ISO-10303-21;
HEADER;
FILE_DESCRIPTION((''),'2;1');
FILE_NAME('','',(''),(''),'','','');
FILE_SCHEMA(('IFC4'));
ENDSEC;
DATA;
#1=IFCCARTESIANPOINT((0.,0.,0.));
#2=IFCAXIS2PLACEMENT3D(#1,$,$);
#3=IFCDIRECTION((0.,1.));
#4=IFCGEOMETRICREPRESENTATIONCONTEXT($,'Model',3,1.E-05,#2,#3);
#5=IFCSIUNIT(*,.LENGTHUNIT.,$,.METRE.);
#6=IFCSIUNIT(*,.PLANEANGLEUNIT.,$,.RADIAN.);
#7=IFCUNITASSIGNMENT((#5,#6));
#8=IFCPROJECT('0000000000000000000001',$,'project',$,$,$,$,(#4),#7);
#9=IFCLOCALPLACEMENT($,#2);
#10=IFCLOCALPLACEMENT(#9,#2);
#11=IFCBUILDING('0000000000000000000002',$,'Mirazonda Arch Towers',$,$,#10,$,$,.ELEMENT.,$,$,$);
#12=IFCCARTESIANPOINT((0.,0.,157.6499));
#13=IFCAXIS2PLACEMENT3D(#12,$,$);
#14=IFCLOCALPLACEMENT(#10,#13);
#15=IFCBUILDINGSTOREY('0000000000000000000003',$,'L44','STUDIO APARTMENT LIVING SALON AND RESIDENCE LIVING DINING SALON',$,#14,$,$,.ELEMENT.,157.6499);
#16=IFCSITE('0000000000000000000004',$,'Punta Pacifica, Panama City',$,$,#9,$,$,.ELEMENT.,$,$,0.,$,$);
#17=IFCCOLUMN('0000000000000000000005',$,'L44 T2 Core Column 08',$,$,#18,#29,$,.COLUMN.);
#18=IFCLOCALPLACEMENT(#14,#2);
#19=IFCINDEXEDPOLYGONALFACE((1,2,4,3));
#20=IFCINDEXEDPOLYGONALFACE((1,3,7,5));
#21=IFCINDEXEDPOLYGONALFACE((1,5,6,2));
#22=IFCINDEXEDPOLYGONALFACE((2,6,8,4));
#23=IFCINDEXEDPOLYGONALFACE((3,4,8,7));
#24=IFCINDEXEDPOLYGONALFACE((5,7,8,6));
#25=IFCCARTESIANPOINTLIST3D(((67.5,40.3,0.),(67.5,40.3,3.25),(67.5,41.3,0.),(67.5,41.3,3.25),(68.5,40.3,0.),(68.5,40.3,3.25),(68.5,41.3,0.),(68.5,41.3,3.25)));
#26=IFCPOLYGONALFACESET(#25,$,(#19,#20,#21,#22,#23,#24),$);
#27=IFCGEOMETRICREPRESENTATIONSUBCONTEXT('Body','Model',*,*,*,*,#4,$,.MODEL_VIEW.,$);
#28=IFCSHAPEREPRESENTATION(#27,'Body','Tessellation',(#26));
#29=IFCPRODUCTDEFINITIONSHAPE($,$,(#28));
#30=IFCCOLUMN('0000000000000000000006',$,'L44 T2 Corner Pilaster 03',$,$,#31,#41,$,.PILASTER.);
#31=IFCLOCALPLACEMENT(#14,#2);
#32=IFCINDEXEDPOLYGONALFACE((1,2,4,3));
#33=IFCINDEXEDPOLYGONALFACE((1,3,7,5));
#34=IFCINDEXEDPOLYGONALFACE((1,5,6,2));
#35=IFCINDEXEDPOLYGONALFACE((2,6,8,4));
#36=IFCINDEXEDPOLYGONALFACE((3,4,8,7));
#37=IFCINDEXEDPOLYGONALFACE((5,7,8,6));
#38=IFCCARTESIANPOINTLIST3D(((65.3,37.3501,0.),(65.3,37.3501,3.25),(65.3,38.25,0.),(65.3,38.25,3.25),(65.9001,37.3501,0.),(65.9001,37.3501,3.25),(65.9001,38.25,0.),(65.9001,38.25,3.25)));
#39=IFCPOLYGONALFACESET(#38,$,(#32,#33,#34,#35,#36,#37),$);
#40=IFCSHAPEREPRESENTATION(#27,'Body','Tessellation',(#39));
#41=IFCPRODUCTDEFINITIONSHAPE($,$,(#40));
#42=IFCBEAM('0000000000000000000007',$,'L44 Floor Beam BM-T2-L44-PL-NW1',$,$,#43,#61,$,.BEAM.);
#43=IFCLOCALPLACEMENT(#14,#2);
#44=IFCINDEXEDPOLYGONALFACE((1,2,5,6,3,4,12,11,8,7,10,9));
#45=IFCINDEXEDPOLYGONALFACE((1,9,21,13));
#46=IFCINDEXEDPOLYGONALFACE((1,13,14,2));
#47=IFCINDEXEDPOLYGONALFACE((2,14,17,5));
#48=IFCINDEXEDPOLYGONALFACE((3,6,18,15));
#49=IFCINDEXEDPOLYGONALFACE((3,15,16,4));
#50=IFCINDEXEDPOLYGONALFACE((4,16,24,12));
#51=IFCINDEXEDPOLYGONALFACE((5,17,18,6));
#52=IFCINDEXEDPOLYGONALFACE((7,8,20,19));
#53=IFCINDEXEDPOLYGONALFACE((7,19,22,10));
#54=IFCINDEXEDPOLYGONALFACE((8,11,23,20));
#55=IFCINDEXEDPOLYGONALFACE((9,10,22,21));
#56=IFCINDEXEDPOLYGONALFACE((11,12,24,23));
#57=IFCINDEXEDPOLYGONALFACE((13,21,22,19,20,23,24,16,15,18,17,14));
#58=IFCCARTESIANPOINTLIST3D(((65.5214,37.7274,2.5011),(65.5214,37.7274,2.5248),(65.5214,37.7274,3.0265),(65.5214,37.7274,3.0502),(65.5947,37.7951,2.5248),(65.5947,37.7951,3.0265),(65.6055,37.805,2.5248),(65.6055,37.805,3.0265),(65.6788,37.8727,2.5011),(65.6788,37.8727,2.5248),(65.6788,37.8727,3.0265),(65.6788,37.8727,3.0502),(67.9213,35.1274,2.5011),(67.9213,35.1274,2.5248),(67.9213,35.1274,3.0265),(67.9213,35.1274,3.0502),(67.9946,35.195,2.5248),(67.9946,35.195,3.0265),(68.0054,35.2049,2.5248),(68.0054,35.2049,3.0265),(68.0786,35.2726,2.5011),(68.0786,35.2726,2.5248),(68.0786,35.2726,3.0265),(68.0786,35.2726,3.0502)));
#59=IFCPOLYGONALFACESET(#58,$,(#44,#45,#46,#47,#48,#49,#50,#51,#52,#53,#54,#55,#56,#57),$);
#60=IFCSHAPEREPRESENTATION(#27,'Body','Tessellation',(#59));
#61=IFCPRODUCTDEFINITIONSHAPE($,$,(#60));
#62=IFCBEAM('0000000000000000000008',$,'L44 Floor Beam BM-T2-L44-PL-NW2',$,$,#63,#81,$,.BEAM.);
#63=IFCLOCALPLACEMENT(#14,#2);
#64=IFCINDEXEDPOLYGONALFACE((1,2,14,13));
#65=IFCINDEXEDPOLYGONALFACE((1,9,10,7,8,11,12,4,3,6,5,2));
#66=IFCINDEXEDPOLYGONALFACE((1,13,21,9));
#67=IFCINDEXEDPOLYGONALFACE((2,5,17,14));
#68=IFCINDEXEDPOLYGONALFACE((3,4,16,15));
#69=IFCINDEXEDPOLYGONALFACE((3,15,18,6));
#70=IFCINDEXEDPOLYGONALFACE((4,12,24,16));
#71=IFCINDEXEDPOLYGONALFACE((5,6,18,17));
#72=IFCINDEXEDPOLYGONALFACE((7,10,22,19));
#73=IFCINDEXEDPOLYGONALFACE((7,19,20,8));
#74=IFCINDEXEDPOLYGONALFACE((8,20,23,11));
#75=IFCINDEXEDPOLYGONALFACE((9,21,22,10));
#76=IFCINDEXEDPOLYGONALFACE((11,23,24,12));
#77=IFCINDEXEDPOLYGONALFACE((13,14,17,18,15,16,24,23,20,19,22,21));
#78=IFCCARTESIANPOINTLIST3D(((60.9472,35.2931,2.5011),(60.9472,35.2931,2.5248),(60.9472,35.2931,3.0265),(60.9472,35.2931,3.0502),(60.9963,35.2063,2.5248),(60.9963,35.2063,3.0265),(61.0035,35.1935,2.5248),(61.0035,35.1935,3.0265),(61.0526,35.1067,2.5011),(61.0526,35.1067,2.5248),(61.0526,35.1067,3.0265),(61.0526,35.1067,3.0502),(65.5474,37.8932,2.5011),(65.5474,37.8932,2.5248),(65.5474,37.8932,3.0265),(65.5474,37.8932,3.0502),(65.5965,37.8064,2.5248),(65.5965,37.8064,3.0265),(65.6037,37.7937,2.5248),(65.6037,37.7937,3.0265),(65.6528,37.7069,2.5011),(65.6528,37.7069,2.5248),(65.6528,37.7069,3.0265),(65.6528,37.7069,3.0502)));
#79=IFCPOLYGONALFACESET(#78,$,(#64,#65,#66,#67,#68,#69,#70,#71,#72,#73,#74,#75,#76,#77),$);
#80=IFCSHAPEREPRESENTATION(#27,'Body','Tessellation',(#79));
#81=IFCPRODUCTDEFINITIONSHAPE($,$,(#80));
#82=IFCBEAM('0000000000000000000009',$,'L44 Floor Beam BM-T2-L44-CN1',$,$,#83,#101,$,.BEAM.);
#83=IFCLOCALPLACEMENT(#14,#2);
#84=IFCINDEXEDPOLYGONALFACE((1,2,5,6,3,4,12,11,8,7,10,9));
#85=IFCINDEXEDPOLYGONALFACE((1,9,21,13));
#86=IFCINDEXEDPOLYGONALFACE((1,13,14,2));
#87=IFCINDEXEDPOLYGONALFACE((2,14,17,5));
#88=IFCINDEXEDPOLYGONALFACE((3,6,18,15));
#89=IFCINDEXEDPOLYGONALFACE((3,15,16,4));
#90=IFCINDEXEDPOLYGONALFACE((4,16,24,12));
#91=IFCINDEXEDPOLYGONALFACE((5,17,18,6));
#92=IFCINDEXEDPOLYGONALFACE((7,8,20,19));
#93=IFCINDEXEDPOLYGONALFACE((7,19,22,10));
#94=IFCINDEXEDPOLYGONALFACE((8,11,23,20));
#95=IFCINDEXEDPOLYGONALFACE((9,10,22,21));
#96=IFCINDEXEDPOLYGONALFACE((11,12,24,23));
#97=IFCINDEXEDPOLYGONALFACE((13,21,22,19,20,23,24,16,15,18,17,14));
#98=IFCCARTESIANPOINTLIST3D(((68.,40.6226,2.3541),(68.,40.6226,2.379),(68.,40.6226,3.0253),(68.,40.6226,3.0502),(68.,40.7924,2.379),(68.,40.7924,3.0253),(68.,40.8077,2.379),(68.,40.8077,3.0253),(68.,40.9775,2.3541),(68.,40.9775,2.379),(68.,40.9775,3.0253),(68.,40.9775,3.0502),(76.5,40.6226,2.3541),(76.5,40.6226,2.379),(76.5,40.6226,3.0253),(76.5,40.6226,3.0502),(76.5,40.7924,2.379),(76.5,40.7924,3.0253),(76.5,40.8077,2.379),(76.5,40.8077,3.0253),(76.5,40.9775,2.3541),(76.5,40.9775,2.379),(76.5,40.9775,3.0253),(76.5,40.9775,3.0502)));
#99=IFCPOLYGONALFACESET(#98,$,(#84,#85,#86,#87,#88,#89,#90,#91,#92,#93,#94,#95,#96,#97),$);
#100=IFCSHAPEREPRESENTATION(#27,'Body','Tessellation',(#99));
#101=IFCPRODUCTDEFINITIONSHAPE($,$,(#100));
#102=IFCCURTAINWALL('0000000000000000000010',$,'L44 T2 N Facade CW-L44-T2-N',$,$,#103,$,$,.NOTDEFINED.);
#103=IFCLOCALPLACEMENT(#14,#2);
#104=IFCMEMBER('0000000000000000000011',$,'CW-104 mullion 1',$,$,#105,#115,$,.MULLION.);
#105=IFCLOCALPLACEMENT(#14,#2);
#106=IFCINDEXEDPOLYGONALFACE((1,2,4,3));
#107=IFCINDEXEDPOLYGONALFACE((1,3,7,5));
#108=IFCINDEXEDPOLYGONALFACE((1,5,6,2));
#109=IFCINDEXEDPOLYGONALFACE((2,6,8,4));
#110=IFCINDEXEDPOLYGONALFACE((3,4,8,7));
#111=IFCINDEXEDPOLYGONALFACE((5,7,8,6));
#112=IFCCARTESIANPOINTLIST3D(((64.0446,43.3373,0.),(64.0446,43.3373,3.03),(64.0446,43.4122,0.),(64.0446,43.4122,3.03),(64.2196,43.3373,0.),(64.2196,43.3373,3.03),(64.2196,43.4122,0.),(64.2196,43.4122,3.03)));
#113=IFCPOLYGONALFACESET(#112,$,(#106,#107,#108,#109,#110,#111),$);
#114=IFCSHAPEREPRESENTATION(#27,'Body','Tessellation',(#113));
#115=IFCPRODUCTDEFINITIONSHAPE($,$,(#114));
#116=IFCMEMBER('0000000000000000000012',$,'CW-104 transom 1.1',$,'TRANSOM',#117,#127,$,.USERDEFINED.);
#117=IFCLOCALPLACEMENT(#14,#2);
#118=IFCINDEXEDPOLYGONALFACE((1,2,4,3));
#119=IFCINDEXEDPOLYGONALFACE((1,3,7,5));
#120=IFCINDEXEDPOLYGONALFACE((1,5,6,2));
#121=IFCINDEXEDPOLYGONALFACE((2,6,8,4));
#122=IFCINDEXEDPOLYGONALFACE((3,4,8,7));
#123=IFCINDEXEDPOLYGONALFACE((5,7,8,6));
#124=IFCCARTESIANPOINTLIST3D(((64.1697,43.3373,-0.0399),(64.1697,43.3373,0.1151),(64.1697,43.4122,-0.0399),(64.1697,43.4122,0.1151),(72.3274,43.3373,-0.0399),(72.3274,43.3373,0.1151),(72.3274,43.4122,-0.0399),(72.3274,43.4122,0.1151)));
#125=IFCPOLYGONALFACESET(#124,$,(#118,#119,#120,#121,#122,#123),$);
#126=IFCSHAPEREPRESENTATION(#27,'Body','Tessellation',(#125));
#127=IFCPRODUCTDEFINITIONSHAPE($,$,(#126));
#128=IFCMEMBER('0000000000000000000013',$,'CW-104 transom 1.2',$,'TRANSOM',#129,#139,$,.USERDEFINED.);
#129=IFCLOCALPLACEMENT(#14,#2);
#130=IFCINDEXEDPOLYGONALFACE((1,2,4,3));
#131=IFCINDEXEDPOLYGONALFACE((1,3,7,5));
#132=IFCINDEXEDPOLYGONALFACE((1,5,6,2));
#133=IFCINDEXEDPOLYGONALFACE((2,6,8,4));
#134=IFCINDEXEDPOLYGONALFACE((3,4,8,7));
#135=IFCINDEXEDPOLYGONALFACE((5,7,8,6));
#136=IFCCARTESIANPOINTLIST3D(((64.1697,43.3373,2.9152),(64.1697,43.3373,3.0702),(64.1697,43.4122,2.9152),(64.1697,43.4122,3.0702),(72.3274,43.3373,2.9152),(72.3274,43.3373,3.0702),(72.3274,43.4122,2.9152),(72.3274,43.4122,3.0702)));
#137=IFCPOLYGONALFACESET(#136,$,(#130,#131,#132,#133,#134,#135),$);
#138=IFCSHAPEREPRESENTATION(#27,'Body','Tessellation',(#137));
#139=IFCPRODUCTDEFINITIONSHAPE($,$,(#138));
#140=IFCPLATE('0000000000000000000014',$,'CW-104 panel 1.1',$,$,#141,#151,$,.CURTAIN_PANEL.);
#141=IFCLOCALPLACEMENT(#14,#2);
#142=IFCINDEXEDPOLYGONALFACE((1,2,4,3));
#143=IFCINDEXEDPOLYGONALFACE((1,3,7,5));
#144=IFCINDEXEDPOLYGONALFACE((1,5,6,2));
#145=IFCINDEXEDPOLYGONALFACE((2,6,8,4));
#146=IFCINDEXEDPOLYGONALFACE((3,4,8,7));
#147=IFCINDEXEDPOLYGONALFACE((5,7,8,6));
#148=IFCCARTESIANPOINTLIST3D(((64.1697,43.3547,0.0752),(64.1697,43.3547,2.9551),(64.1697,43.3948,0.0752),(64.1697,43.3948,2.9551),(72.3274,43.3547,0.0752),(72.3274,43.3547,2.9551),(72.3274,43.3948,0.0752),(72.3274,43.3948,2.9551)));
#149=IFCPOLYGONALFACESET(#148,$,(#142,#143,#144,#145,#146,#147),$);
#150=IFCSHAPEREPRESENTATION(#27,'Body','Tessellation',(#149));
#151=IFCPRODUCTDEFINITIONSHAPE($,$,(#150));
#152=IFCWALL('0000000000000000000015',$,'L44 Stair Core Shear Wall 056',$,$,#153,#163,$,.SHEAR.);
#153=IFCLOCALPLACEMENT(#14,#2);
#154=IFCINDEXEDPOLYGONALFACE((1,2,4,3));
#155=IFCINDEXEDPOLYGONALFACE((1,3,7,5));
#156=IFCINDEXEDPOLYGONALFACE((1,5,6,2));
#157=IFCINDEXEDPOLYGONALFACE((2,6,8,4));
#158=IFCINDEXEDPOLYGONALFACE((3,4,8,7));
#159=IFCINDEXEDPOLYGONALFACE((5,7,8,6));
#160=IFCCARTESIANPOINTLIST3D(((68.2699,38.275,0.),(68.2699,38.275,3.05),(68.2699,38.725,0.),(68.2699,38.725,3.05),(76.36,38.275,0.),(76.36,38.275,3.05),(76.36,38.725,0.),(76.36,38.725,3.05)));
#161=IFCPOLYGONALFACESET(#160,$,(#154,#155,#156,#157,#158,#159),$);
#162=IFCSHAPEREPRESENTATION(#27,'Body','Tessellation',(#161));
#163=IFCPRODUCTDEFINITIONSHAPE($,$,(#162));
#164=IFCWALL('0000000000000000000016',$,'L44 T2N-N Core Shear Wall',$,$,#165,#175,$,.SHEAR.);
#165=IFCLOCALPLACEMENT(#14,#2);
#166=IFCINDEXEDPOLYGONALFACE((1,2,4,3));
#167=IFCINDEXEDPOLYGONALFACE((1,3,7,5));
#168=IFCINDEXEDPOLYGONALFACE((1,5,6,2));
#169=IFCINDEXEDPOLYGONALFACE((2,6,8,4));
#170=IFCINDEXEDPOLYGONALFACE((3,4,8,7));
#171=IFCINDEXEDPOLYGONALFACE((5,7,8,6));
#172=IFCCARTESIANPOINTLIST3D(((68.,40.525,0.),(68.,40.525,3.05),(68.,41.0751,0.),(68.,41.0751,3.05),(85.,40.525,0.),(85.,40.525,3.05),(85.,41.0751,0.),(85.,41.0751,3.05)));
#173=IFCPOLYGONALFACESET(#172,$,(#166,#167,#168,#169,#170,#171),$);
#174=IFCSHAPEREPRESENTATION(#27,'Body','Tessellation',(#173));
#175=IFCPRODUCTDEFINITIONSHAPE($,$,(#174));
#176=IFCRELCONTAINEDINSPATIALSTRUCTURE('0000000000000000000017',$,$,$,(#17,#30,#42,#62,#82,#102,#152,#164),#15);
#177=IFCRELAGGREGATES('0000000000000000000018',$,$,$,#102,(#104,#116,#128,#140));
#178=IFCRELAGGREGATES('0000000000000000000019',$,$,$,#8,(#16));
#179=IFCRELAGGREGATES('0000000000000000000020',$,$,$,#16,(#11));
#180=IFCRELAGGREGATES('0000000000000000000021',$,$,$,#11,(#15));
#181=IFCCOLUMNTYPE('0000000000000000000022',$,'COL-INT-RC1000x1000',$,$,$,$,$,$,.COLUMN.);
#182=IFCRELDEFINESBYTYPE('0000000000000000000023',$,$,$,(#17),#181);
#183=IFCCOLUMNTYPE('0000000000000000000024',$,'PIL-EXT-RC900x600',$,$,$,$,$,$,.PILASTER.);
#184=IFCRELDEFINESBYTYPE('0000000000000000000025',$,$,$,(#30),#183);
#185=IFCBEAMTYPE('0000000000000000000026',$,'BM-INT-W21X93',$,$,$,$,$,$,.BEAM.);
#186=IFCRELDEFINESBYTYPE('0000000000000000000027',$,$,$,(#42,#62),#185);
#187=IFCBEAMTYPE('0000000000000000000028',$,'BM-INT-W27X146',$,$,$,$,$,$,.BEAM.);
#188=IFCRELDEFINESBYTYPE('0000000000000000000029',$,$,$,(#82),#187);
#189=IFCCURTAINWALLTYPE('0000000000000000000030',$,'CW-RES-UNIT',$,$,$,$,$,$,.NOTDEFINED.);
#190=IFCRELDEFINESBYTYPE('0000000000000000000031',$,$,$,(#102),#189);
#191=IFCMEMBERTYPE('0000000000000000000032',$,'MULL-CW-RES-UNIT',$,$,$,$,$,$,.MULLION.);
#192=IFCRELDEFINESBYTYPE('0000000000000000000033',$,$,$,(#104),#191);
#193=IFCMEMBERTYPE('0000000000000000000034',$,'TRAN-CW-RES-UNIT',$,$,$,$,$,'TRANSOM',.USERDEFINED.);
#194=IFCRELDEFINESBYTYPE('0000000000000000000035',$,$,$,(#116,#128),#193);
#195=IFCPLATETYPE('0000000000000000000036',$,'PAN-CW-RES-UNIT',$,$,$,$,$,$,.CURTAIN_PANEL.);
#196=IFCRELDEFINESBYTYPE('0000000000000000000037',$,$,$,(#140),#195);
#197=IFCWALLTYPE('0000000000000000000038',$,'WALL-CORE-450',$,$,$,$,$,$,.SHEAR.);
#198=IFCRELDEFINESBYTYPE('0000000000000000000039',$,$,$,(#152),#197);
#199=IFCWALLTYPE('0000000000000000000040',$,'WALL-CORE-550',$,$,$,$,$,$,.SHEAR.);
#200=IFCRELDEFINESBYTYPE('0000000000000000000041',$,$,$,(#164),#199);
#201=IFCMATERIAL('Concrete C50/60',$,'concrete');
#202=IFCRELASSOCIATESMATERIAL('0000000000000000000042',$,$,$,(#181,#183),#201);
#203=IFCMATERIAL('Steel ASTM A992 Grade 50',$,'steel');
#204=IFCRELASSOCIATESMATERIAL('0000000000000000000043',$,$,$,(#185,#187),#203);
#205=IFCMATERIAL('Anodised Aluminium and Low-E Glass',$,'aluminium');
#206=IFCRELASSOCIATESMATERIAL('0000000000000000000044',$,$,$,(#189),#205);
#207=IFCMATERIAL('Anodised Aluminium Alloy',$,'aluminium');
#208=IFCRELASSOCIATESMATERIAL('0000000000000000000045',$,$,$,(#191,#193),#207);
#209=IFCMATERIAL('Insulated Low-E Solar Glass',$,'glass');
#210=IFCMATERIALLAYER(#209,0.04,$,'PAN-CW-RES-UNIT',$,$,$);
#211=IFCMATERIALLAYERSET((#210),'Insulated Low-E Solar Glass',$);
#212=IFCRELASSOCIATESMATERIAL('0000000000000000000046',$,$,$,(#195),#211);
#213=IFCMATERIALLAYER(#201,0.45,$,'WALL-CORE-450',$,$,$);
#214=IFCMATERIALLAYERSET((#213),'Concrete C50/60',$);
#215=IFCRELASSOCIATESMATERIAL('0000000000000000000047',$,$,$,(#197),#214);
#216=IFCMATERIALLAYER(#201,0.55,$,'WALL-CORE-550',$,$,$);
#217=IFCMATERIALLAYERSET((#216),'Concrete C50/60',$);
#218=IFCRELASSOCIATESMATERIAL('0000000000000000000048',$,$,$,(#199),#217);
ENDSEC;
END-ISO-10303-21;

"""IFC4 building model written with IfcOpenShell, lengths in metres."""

from ifc_helpers import new_model, si_unit, direction, frame, frame_2d, origin, origin_2d, place, context, subcontext, project, spatial, rectangle, i_section, extrude, material, layer, layer_set, material_profile, profile_set, type_object, element, aggregate, save


model = new_model("IFC4")

# Units and contexts
model_context = context("Model", 3, precision=1e-05, world=origin(), true_north=direction((0.0, 1.0)))
body_context = subcontext(model_context, "Body", "Model", "MODEL_VIEW")
ifc_project = project(units=[si_unit("LENGTHUNIT", "METRE"), si_unit("PLANEANGLEUNIT", "RADIAN")], contexts=[model_context])

# Site, building, storey
site_placement = place(None, origin())
site = spatial("IfcSite", under=ifc_project, at=site_placement, Name="Punta Pacifica, Panama City", CompositionType="ELEMENT", RefElevation=0.0)
building_placement = place(site_placement, origin())
building = spatial("IfcBuilding", under=site, at=building_placement, Name="Mirazonda Arch Towers", CompositionType="ELEMENT")
storey_placement = place(building_placement, frame((0.0, 0.0, 157.6499)))
storey = spatial("IfcBuildingStorey", under=building, at=storey_placement, Name="L44", Description="STUDIO APARTMENT LIVING SALON AND RESIDENCE LIVING DINING SALON", CompositionType="ELEMENT", Elevation=157.6499)

# Columns
ifc_material_1 = material(Name="Concrete C50/60", Category="concrete")
ifc_material_profile_1 = material_profile(ifc_material_1, rectangle(XDim=1.0, YDim=1.0, at=origin_2d()), Name="RC1000x1000")
ifc_profile_set_1 = profile_set([ifc_material_profile_1], Name="Concrete C50/60")
column_type_1 = type_object("IfcColumnType", Name="COL-INT-RC1000x1000", PredefinedType="COLUMN", material=ifc_profile_set_1)
column_1_placement = place(storey_placement, frame((68.0, 40.8, 0.0), z_axis=(0.0, 0.0, 1.0), x_axis=(1.0, 0.0, 0.0)))
element("IfcColumn", 1, at=column_1_placement, inside=storey, type_object=column_type_1, Name="L44 T2 Core Column 08", PredefinedType="COLUMN", context=body_context, shape_type="SweptSolid", body=[
    extrude(rectangle(XDim=1.0, YDim=1.0, at=origin_2d()), origin(), (0.0, 0.0, 1.0), 3.25),
])
ifc_material_profile_2 = material_profile(ifc_material_1, rectangle(XDim=0.6001, YDim=0.8999, at=origin_2d()), Name="RC900x600")
ifc_profile_set_2 = profile_set([ifc_material_profile_2], Name="Concrete C50/60")
column_type_2 = type_object("IfcColumnType", Name="PIL-EXT-RC900x600", PredefinedType="PILASTER", material=ifc_profile_set_2)
column_2_placement = place(storey_placement, frame((65.6001, 37.8, 0.0), z_axis=(0.0, 0.0, 1.0), x_axis=(1.0, 0.0, 0.0)))
element("IfcColumn", 2, at=column_2_placement, inside=storey, type_object=column_type_2, Name="L44 T2 Corner Pilaster 03", PredefinedType="PILASTER", context=body_context, shape_type="SweptSolid", body=[
    extrude(rectangle(XDim=0.6001, YDim=0.8999, at=origin_2d()), origin(), (0.0, 0.0, 1.0), 3.25),
])

# Beams
ifc_material_2 = material(Name="Steel ASTM A992 Grade 50", Category="steel")
ifc_material_profile_3 = material_profile(ifc_material_2, i_section(OverallWidth=0.2141, OverallDepth=0.5491, WebThickness=0.0146, FlangeThickness=0.0237, at=origin_2d()), Name="W21X93")
ifc_profile_set_3 = profile_set([ifc_material_profile_3], Name="Steel ASTM A992 Grade 50")
beam_type_1 = type_object("IfcBeamType", Name="BM-INT-W21X93", PredefinedType="BEAM", material=ifc_profile_set_3)
beam_1_placement = place(storey_placement, frame((65.6001, 37.8, 2.7756), z_axis=(0.678251, -0.73483, 0.0), x_axis=(0.73483, 0.678251, 0.0)))
element("IfcBeam", 3, at=beam_1_placement, inside=storey, type_object=beam_type_1, Name="L44 Floor Beam BM-T2-L44-PL-NW1", PredefinedType="BEAM", context=body_context, shape_type="SweptSolid", body=[
    extrude(i_section(OverallWidth=0.2141, OverallDepth=0.5491, WebThickness=0.0146, FlangeThickness=0.0237, at=origin_2d()), origin(), (0.0, 0.0, 1.0), 3.5383),
])
beam_2_placement = place(storey_placement, frame((65.6001, 37.8, 2.7756), z_axis=(-0.870559, -0.492063, 0.0), x_axis=(0.492063, -0.870559, 0.0)))
element("IfcBeam", 4, at=beam_2_placement, inside=storey, type_object=beam_type_1, Name="L44 Floor Beam BM-T2-L44-PL-NW2", PredefinedType="BEAM", context=body_context, shape_type="SweptSolid", body=[
    extrude(i_section(OverallWidth=0.2141, OverallDepth=0.5491, WebThickness=0.0146, FlangeThickness=0.0237, at=origin_2d()), origin(), (0.0, 0.0, 1.0), 5.2842),
])
ifc_material_profile_4 = material_profile(ifc_material_2, i_section(OverallWidth=0.355, OverallDepth=0.696, WebThickness=0.0154, FlangeThickness=0.0249, at=origin_2d()), Name="W27X146")
ifc_profile_set_4 = profile_set([ifc_material_profile_4], Name="Steel ASTM A992 Grade 50")
beam_type_2 = type_object("IfcBeamType", Name="BM-INT-W27X146", PredefinedType="BEAM", material=ifc_profile_set_4)
beam_3_placement = place(storey_placement, frame((68.0, 40.8, 2.7021), z_axis=(1.0, 0.0, 0.0), x_axis=(0.0, 1.0, 0.0)))
element("IfcBeam", 5, at=beam_3_placement, inside=storey, type_object=beam_type_2, Name="L44 Floor Beam BM-T2-L44-CN1", PredefinedType="BEAM", context=body_context, shape_type="SweptSolid", body=[
    extrude(i_section(OverallWidth=0.355, OverallDepth=0.696, WebThickness=0.0154, FlangeThickness=0.0249, at=origin_2d()), origin(), (0.0, 0.0, 1.0), 8.5),
])

# Curtain wall, members, plate
ifc_material_3 = material(Name="Anodised Aluminium and Low-E Glass", Category="aluminium")
curtain_wall_type = type_object("IfcCurtainWallType", Name="CW-RES-UNIT", PredefinedType="NOTDEFINED", material=ifc_material_3)
curtain_wall_placement = place(storey_placement, origin())
curtain_wall = element("IfcCurtainWall", 6, at=curtain_wall_placement, inside=storey, type_object=curtain_wall_type, Name="L44 T2 N Facade CW-L44-T2-N", PredefinedType="NOTDEFINED")
ifc_material_4 = material(Name="Anodised Aluminium Alloy", Category="aluminium")
ifc_material_profile_5 = material_profile(ifc_material_4, rectangle(XDim=0.075, YDim=0.175, at=origin_2d()), Name="ALU-MULL-75x175")
ifc_profile_set_5 = profile_set([ifc_material_profile_5], Name="Anodised Aluminium Alloy")
member_type_1 = type_object("IfcMemberType", Name="MULL-CW-RES-UNIT", PredefinedType="MULLION", material=ifc_profile_set_5)
member_1_placement = place(storey_placement, frame((64.1321, 43.3748, 0.0), z_axis=(0.0, 0.0, 1.0), x_axis=(0.0, 1.0, 0.0)))
member_1 = element("IfcMember", 7, at=member_1_placement, type_object=member_type_1, Name="CW-104 mullion 1", PredefinedType="MULLION", context=body_context, shape_type="SweptSolid", body=[
    extrude(rectangle(XDim=0.075, YDim=0.175, at=origin_2d()), origin(), (0.0, 0.0, 1.0), 3.03),
])
ifc_material_profile_6 = material_profile(ifc_material_4, rectangle(XDim=0.075, YDim=0.155, at=origin_2d()), Name="ALU-TRAN-75x155")
ifc_profile_set_6 = profile_set([ifc_material_profile_6], Name="Anodised Aluminium Alloy")
member_type_2 = type_object("IfcMemberType", Name="TRAN-CW-RES-UNIT", ElementType="TRANSOM", PredefinedType="USERDEFINED", material=ifc_profile_set_6)
member_2_placement = place(storey_placement, frame((64.1697, 43.3748, 0.0376), z_axis=(1.0, 0.0, 0.0), x_axis=(0.0, 1.0, 0.0)))
member_2 = element("IfcMember", 8, at=member_2_placement, type_object=member_type_2, Name="CW-104 transom 1.1", ObjectType="TRANSOM", PredefinedType="USERDEFINED", context=body_context, shape_type="SweptSolid", body=[
    extrude(rectangle(XDim=0.075, YDim=0.155, at=origin_2d()), origin(), (0.0, 0.0, 1.0), 8.1577),
])
member_3_placement = place(storey_placement, frame((64.1697, 43.3748, 2.9927), z_axis=(1.0, 0.0, 0.0), x_axis=(0.0, 1.0, 0.0)))
member_3 = element("IfcMember", 9, at=member_3_placement, type_object=member_type_2, Name="CW-104 transom 1.2", ObjectType="TRANSOM", PredefinedType="USERDEFINED", context=body_context, shape_type="SweptSolid", body=[
    extrude(rectangle(XDim=0.075, YDim=0.155, at=origin_2d()), origin(), (0.0, 0.0, 1.0), 8.1577),
])
ifc_material_5 = material(Name="Insulated Low-E Solar Glass", Category="glass")
ifc_layer_1 = layer(ifc_material_5, 0.04, Name="PAN-CW-RES-UNIT")
ifc_layer_set_1 = layer_set([ifc_layer_1], Name="Insulated Low-E Solar Glass")
plate_type = type_object("IfcPlateType", Name="PAN-CW-RES-UNIT", PredefinedType="CURTAIN_PANEL", material=ifc_layer_set_1)
plate_placement = place(storey_placement, frame((68.2485, 43.3748, 0.0752), z_axis=(0.0, 0.0, 1.0), x_axis=(1.0, 0.0, 0.0)))
plate = element("IfcPlate", 10, at=plate_placement, type_object=plate_type, Name="CW-104 panel 1.1", PredefinedType="CURTAIN_PANEL", context=body_context, shape_type="SweptSolid", body=[
    extrude(rectangle(XDim=8.1577, YDim=0.04, at=origin_2d()), origin(), (0.0, 0.0, 1.0), 2.8799),
])
aggregate(curtain_wall, [member_1, member_2, member_3, plate])

# Walls
ifc_layer_2 = layer(ifc_material_1, 0.45, Name="WALL-CORE-450")
ifc_layer_set_2 = layer_set([ifc_layer_2], Name="Concrete C50/60")
wall_type_1 = type_object("IfcWallType", Name="WALL-CORE-450", PredefinedType="SHEAR", material=ifc_layer_set_2)
wall_1_placement = place(storey_placement, frame((68.27, 38.5, 0.0), z_axis=(0.0, 0.0, 1.0), x_axis=(1.0, 0.0, 0.0)))
element("IfcWall", 11, at=wall_1_placement, inside=storey, type_object=wall_type_1, Name="L44 Stair Core Shear Wall 056", PredefinedType="SHEAR", context=body_context, shape_type="SweptSolid", body=[
    extrude(rectangle(XDim=8.0901, YDim=0.45, at=frame_2d((4.0449, 0.0))), origin(), (0.0, 0.0, 1.0), 3.05),
])
ifc_layer_3 = layer(ifc_material_1, 0.55, Name="WALL-CORE-550")
ifc_layer_set_3 = layer_set([ifc_layer_3], Name="Concrete C50/60")
wall_type_2 = type_object("IfcWallType", Name="WALL-CORE-550", PredefinedType="SHEAR", material=ifc_layer_set_3)
wall_2_placement = place(storey_placement, frame((68.0, 40.8, 0.0), z_axis=(0.0, 0.0, 1.0), x_axis=(1.0, 0.0, 0.0)))
element("IfcWall", 12, at=wall_2_placement, inside=storey, type_object=wall_type_2, Name="L44 T2N-N Core Shear Wall", PredefinedType="SHEAR", context=body_context, shape_type="SweptSolid", body=[
    extrude(rectangle(XDim=17.0, YDim=0.55, at=frame_2d((8.5, 0.0))), origin(), (0.0, 0.0, 1.0), 3.05),
])

save(model, "model.ifc")
